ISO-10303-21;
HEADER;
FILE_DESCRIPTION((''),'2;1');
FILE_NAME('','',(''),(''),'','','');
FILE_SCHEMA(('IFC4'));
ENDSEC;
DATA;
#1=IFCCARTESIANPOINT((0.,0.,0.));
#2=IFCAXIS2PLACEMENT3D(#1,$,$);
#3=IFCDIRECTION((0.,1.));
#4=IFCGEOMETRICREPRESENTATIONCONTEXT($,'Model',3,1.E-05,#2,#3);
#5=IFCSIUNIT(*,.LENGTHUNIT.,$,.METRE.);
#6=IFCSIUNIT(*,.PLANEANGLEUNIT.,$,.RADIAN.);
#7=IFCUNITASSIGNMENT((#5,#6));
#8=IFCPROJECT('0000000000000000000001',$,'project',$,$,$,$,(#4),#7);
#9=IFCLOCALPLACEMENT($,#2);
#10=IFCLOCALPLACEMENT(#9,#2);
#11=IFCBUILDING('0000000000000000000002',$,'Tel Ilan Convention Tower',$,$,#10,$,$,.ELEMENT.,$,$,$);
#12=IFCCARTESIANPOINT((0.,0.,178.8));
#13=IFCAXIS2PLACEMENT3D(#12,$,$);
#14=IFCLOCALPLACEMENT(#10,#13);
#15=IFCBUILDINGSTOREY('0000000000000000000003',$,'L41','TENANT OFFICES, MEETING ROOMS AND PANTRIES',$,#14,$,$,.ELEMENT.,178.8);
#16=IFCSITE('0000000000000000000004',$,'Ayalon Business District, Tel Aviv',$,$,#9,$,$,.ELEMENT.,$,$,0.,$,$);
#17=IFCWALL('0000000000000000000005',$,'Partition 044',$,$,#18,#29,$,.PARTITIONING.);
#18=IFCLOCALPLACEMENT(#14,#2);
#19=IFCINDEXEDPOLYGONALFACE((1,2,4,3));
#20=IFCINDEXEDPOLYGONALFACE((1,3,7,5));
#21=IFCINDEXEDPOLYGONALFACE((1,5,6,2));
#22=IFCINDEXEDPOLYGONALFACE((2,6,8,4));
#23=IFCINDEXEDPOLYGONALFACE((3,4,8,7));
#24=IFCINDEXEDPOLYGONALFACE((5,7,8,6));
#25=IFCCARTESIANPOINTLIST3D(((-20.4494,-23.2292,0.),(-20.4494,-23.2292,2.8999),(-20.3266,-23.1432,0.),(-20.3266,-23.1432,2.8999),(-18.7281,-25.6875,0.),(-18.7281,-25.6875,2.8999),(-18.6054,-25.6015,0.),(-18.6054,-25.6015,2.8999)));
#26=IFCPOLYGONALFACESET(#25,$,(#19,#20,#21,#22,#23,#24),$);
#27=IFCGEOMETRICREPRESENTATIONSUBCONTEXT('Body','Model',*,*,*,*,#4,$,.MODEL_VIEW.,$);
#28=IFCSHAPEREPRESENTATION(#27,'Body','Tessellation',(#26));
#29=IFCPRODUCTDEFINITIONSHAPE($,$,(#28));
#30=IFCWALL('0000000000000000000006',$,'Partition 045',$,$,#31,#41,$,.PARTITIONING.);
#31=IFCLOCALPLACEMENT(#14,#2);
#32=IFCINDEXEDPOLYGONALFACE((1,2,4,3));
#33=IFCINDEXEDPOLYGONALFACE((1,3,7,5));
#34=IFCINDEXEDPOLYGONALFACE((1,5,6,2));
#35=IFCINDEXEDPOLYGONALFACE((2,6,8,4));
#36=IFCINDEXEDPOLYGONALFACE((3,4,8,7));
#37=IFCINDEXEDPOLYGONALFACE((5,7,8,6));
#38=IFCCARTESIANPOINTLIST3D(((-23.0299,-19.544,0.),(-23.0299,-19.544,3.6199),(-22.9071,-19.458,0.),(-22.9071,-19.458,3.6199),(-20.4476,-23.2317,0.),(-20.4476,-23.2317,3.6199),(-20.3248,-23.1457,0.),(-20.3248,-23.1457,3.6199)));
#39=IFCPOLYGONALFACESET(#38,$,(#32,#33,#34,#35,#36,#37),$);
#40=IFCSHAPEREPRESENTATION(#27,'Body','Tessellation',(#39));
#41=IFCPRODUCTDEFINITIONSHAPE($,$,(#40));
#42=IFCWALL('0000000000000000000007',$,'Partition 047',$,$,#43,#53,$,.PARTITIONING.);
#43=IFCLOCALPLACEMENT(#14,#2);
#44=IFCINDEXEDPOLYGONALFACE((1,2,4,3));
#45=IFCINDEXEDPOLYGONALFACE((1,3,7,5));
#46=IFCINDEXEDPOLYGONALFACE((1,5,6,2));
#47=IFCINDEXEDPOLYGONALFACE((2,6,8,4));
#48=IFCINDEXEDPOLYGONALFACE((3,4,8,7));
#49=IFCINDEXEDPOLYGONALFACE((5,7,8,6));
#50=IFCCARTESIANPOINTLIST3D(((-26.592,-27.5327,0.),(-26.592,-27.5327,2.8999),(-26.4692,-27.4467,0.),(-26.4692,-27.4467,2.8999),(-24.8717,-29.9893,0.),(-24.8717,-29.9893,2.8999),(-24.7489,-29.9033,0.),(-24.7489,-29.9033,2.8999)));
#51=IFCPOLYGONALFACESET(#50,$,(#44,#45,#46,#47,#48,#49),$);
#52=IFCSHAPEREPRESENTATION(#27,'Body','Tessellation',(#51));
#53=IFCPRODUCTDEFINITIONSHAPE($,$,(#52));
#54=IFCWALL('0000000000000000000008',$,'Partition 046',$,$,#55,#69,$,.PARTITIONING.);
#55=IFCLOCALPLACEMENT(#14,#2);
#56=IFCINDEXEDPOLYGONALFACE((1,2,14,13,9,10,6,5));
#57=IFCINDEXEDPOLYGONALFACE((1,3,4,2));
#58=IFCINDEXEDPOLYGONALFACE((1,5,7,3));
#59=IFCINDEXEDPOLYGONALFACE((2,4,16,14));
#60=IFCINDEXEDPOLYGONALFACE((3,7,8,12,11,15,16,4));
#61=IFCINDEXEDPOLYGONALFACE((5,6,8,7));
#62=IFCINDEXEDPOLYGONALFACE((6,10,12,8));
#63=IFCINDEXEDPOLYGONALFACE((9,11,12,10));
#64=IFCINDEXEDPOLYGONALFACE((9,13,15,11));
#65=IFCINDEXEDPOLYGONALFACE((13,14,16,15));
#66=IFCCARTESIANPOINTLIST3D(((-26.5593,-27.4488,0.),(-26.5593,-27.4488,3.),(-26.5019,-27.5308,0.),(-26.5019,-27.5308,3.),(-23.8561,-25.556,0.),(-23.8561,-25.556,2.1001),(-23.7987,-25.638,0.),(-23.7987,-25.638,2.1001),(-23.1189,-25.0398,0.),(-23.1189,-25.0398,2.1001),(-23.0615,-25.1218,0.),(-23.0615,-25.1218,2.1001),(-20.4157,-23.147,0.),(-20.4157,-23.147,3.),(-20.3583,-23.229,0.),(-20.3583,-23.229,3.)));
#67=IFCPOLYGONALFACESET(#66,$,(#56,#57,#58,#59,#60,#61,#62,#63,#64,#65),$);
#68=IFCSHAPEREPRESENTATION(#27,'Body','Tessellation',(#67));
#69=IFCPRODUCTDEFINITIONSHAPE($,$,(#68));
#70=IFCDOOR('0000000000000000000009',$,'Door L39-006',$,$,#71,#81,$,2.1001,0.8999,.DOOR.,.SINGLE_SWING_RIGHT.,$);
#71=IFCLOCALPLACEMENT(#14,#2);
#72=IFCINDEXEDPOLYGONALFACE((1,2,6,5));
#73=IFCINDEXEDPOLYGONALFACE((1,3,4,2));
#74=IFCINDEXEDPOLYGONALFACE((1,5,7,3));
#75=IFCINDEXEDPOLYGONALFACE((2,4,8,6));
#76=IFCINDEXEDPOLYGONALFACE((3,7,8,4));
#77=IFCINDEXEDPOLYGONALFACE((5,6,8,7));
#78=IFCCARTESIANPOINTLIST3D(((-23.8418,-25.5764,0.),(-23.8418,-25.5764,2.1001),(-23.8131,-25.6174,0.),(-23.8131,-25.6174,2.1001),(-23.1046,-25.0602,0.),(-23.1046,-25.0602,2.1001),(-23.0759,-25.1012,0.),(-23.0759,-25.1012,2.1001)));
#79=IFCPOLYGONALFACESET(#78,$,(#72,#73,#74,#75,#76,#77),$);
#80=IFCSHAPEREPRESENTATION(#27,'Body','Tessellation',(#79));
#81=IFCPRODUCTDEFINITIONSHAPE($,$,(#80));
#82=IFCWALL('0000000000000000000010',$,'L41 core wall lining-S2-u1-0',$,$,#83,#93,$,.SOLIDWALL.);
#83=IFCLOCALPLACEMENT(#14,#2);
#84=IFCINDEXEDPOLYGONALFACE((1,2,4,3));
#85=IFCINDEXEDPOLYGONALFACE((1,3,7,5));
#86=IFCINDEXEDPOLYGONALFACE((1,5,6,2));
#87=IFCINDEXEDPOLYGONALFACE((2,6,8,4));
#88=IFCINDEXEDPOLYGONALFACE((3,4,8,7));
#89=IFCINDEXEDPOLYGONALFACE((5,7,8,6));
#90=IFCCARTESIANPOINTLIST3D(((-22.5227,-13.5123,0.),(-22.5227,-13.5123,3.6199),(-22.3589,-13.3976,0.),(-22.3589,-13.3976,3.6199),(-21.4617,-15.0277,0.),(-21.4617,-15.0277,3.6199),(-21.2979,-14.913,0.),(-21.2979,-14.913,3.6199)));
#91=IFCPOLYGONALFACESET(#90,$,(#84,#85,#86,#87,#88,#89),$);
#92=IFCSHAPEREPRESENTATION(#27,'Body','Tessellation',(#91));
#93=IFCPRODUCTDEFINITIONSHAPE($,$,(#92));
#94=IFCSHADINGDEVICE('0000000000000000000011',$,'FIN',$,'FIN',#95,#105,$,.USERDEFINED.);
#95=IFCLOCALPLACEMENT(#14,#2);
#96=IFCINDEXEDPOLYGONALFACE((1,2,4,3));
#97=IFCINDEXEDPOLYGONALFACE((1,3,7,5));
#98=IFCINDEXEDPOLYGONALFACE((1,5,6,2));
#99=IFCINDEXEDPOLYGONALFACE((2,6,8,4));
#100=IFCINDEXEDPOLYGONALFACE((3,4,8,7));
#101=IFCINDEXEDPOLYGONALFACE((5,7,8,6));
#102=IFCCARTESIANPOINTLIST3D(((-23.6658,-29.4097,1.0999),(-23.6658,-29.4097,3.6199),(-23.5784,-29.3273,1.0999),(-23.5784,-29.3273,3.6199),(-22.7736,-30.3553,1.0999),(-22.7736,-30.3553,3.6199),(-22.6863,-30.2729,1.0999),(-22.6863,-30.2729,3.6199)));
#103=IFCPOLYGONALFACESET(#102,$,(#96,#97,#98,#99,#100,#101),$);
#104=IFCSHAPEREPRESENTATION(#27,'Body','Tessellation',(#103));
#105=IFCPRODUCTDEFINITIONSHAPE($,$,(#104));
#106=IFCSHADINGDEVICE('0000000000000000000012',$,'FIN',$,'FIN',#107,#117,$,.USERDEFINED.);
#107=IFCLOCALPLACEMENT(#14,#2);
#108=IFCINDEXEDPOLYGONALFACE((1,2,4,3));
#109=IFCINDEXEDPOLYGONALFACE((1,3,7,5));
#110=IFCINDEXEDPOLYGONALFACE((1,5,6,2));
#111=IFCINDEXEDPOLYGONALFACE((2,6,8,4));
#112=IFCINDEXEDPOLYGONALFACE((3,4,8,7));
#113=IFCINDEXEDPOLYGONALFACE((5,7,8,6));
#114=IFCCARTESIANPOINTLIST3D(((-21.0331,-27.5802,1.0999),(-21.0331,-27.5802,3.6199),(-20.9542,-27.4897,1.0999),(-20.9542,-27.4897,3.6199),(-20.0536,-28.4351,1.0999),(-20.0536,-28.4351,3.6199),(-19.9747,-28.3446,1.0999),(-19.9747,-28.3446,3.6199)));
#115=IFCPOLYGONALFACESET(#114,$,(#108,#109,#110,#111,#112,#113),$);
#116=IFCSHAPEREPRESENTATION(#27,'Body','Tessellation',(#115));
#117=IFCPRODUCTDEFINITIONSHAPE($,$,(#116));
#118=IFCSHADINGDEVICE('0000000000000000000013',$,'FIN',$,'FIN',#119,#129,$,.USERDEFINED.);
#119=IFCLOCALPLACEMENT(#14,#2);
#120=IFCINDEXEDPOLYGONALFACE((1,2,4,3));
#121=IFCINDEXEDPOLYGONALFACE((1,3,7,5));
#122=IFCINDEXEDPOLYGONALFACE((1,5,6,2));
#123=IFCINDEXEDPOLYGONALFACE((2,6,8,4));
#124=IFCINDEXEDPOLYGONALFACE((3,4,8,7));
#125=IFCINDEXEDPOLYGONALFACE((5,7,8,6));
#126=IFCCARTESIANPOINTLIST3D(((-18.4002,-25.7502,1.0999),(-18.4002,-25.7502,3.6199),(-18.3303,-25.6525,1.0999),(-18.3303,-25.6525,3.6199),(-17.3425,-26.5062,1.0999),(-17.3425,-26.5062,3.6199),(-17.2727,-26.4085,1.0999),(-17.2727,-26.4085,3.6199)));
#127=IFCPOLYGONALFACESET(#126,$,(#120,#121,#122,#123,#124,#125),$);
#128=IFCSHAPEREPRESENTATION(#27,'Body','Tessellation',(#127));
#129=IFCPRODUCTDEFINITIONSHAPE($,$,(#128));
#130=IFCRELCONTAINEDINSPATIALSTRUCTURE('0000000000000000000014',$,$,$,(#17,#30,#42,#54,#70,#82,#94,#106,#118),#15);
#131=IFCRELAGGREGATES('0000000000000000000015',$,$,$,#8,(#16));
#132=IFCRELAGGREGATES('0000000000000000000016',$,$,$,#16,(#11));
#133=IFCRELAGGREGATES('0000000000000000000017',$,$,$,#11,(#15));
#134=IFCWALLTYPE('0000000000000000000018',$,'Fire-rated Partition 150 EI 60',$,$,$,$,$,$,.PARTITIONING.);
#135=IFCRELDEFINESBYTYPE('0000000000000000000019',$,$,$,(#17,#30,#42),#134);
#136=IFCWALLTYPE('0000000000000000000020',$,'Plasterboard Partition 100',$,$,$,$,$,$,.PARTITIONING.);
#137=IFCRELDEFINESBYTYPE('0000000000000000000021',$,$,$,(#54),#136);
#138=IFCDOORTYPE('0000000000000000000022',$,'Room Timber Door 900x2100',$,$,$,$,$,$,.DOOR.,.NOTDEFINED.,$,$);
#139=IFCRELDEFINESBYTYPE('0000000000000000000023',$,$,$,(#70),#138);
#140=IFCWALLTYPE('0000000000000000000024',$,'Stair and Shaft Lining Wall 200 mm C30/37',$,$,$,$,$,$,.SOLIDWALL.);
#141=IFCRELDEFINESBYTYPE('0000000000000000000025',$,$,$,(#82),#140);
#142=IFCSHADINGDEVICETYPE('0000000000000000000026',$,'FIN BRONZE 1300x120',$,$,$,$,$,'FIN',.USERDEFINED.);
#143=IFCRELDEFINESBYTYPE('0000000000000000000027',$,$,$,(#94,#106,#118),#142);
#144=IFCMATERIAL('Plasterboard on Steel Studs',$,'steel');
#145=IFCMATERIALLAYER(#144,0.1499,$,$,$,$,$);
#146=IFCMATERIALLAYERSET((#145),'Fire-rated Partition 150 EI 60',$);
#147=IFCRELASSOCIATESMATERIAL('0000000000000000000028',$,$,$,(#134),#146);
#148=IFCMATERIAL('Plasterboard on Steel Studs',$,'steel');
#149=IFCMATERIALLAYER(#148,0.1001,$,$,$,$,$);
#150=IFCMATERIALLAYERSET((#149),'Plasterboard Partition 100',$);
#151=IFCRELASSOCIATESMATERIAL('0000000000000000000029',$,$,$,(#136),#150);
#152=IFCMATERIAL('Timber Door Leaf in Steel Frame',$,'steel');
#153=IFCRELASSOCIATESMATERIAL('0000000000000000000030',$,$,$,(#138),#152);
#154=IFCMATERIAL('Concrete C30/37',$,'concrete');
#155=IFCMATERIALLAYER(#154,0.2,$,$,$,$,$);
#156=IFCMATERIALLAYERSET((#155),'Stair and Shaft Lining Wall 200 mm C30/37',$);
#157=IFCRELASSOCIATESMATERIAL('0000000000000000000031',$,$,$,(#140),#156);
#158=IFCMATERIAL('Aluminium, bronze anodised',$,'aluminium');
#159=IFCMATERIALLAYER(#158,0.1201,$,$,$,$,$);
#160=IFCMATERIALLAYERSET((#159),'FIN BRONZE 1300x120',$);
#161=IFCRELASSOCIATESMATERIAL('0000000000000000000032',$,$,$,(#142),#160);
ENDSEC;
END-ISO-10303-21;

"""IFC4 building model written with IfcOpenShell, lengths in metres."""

from ifc_helpers import new_model, si_unit, direction, frame, frame_2d, origin, origin_2d, place, context, subcontext, project, spatial, rectangle, extrude, material, layer, layer_set, type_object, element, fill, save


model = new_model("IFC4")

# Units and contexts
model_context = context("Model", 3, precision=1e-05, world=origin(), true_north=direction((0.0, 1.0)))
body_context = subcontext(model_context, "Body", "Model", "MODEL_VIEW")
ifc_project = project(units=[si_unit("LENGTHUNIT", "METRE"), si_unit("PLANEANGLEUNIT", "RADIAN")], contexts=[model_context])

# Site, building, storey
site_placement = place(None, origin())
site = spatial("IfcSite", under=ifc_project, at=site_placement, Name="Ayalon Business District, Tel Aviv", CompositionType="ELEMENT", RefElevation=0.0)
building_placement = place(site_placement, origin())
building = spatial("IfcBuilding", under=site, at=building_placement, Name="Tel Ilan Convention Tower", CompositionType="ELEMENT")
storey_placement = place(building_placement, frame((0.0, 0.0, 178.8)))
storey = spatial("IfcBuildingStorey", under=building, at=storey_placement, Name="L41", Description="TENANT OFFICES, MEETING ROOMS AND PANTRIES", CompositionType="ELEMENT", Elevation=178.8)

# Shared definitions
ifc_material_1 = material(Name="Plasterboard on Steel Studs", Category="steel")
ifc_layer_1 = layer(ifc_material_1, 0.1499)
ifc_layer_set_1 = layer_set([ifc_layer_1], Name="Fire-rated Partition 150 EI 60")
wall_type_1 = type_object("IfcWallType", Name="Fire-rated Partition 150 EI 60", PredefinedType="PARTITIONING", material=ifc_layer_set_1)

# Walls
wall_1_placement = place(storey_placement, frame((-18.6667, -25.6445, 0.0), z_axis=(0.0, 0.0, 1.0), x_axis=(-0.573555, 0.819167, 0.0)))
element("IfcWall", 1, at=wall_1_placement, inside=storey, type_object=wall_type_1, Name="Partition 044", PredefinedType="PARTITIONING", context=body_context, shape_type="SweptSolid", body=[
    extrude(rectangle(XDim=3.001, YDim=0.1499, at=frame_2d((1.5005, 0.0))), origin(), (0.0, 0.0, 1.0), 2.8999),
])
wall_2_placement = place(storey_placement, frame((-20.3862, -23.1887, 0.0), z_axis=(0.0, 0.0, 1.0), x_axis=(-0.57359, 0.819143, 0.0)))
element("IfcWall", 2, at=wall_2_placement, inside=storey, type_object=wall_type_1, Name="Partition 045", PredefinedType="PARTITIONING", context=body_context, shape_type="SweptSolid", body=[
    extrude(rectangle(XDim=4.502, YDim=0.1499, at=frame_2d((2.251, 0.0))), origin(), (0.0, 0.0, 1.0), 3.6199),
])
wall_3_placement = place(storey_placement, frame((-24.8103, -29.9463, 0.0), z_axis=(0.0, 0.0, 1.0), x_axis=(-0.573604, 0.819132, 0.0)))
element("IfcWall", 3, at=wall_3_placement, inside=storey, type_object=wall_type_1, Name="Partition 047", PredefinedType="PARTITIONING", context=body_context, shape_type="SweptSolid", body=[
    extrude(rectangle(XDim=2.999, YDim=0.1499, at=frame_2d((1.4995, 0.0))), origin(), (0.0, 0.0, 1.0), 2.8999),
])

# Wall, opening, door
ifc_material_2 = material(Name="Plasterboard on Steel Studs", Category="steel")
ifc_layer_2 = layer(ifc_material_2, 0.1001)
ifc_layer_set_2 = layer_set([ifc_layer_2], Name="Plasterboard Partition 100")
wall_type_2 = type_object("IfcWallType", Name="Plasterboard Partition 100", PredefinedType="PARTITIONING", material=ifc_layer_set_2)
wall_4_placement = place(storey_placement, frame((-20.387, -23.188, 0.0), z_axis=(0.0, 0.0, 1.0), x_axis=(-0.819152, -0.573576, 0.0)))
wall_4 = element("IfcWall", 4, at=wall_4_placement, inside=storey, type_object=wall_type_2, Name="Partition 046", PredefinedType="PARTITIONING", context=body_context, shape_type="SweptSolid", body=[
    extrude(rectangle(XDim=7.5, YDim=0.1001, at=frame_2d((3.75, 0.0))), origin(), (0.0, 0.0, 1.0), 3.0),
])
opening_1_placement = place(wall_4_placement, frame((3.3, 0.0, 0.0)))
opening_1 = element("IfcOpeningElement", 5, at=opening_1_placement, cuts=wall_4, PredefinedType="OPENING", context=body_context, shape_type="SweptSolid", body=[
    extrude(rectangle(XDim=0.8999, YDim=2.1001, at=frame_2d((0.45, 1.05))), frame((0.0, 0.0601, 0.0), z_axis=(0.0, -1.0, 0.0), x_axis=(1.0, 0.0, 0.0)), (0.0, 0.0, 1.0), 0.1201),
])
ifc_material_3 = material(Name="Timber Door Leaf in Steel Frame", Category="steel")
door_type_1 = type_object("IfcDoorType", Name="Room Timber Door 900x2100", OperationType="NOTDEFINED", PredefinedType="DOOR", material=ifc_material_3)
door_1_placement = place(opening_1_placement, origin())
door_1 = element("IfcDoor", 6, at=door_1_placement, inside=storey, type_object=door_type_1, Name="Door L39-006", OperationType="SINGLE_SWING_RIGHT", OverallHeight=2.1001, OverallWidth=0.8999, PredefinedType="DOOR", context=body_context, shape_type="SweptSolid", body=[
    extrude(rectangle(XDim=0.8999, YDim=2.1001, at=frame_2d((0.45, 1.05))), frame((0.0, 0.0249, 0.0), z_axis=(0.0, -1.0, 0.0), x_axis=(1.0, 0.0, 0.0)), (0.0, 0.0, 1.0), 0.05),
])
fill(opening_1, door_1)

# Wall
ifc_material_4 = material(Name="Concrete C30/37", Category="concrete")
ifc_layer_3 = layer(ifc_material_4, 0.2)
ifc_layer_set_3 = layer_set([ifc_layer_3], Name="Stair and Shaft Lining Wall 200 mm C30/37")
wall_type_3 = type_object("IfcWallType", Name="Stair and Shaft Lining Wall 200 mm C30/37", PredefinedType="SOLIDWALL", material=ifc_layer_set_3)
wall_5_placement = place(storey_placement, frame((-21.3799, -14.9702, 0.0), z_axis=(0.0, 0.0, 1.0), x_axis=(-0.57356, 0.819164, 0.0)))
element("IfcWall", 7, at=wall_5_placement, inside=storey, type_object=wall_type_3, Name="L41 core wall lining-S2-u1-0", PredefinedType="SOLIDWALL", context=body_context, shape_type="SweptSolid", body=[
    extrude(rectangle(XDim=1.8499, YDim=0.2, at=frame_2d((0.9248, 0.0))), origin(), (0.0, 0.0, 1.0), 3.6199),
])

# Shading devices
ifc_material_5 = material(Name="Aluminium, bronze anodised", Category="aluminium")
ifc_layer_4 = layer(ifc_material_5, 0.1201)
ifc_layer_set_4 = layer_set([ifc_layer_4], Name="FIN BRONZE 1300x120")
shading_device_type = type_object("IfcShadingDeviceType", Name="FIN BRONZE 1300x120", ElementType="FIN", PredefinedType="USERDEFINED", material=ifc_layer_set_4)
for number, where, z_axis, x_axis, name in (
    (8, (-23.176, -29.8413, 1.0999), (0.0, 0.0, 1.0), (0.686242, -0.727374, 0.0), "FIN"),
    (9, (-20.5039, -27.9624, 1.0999), (0.0, 0.0, 1.0), (0.753436, -0.657521, 0.0), "FIN"),
    (10, (-17.8364, -26.0793, 1.0999), (0.0, 0.0, 1.0), (0.813552, -0.581492, 0.0), "FIN"),
):
    element("IfcShadingDevice", number, at=place(storey_placement, frame(where, z_axis=z_axis, x_axis=x_axis)), inside=storey, type_object=shading_device_type, Name=name, ObjectType="FIN", PredefinedType="USERDEFINED", context=body_context, shape_type="SweptSolid", body=[
        extrude(rectangle(XDim=1.3, YDim=0.1201, at=origin_2d()), origin(), (0.0, 0.0, 1.0), 2.52),
    ])

save(model, "model.ifc")
